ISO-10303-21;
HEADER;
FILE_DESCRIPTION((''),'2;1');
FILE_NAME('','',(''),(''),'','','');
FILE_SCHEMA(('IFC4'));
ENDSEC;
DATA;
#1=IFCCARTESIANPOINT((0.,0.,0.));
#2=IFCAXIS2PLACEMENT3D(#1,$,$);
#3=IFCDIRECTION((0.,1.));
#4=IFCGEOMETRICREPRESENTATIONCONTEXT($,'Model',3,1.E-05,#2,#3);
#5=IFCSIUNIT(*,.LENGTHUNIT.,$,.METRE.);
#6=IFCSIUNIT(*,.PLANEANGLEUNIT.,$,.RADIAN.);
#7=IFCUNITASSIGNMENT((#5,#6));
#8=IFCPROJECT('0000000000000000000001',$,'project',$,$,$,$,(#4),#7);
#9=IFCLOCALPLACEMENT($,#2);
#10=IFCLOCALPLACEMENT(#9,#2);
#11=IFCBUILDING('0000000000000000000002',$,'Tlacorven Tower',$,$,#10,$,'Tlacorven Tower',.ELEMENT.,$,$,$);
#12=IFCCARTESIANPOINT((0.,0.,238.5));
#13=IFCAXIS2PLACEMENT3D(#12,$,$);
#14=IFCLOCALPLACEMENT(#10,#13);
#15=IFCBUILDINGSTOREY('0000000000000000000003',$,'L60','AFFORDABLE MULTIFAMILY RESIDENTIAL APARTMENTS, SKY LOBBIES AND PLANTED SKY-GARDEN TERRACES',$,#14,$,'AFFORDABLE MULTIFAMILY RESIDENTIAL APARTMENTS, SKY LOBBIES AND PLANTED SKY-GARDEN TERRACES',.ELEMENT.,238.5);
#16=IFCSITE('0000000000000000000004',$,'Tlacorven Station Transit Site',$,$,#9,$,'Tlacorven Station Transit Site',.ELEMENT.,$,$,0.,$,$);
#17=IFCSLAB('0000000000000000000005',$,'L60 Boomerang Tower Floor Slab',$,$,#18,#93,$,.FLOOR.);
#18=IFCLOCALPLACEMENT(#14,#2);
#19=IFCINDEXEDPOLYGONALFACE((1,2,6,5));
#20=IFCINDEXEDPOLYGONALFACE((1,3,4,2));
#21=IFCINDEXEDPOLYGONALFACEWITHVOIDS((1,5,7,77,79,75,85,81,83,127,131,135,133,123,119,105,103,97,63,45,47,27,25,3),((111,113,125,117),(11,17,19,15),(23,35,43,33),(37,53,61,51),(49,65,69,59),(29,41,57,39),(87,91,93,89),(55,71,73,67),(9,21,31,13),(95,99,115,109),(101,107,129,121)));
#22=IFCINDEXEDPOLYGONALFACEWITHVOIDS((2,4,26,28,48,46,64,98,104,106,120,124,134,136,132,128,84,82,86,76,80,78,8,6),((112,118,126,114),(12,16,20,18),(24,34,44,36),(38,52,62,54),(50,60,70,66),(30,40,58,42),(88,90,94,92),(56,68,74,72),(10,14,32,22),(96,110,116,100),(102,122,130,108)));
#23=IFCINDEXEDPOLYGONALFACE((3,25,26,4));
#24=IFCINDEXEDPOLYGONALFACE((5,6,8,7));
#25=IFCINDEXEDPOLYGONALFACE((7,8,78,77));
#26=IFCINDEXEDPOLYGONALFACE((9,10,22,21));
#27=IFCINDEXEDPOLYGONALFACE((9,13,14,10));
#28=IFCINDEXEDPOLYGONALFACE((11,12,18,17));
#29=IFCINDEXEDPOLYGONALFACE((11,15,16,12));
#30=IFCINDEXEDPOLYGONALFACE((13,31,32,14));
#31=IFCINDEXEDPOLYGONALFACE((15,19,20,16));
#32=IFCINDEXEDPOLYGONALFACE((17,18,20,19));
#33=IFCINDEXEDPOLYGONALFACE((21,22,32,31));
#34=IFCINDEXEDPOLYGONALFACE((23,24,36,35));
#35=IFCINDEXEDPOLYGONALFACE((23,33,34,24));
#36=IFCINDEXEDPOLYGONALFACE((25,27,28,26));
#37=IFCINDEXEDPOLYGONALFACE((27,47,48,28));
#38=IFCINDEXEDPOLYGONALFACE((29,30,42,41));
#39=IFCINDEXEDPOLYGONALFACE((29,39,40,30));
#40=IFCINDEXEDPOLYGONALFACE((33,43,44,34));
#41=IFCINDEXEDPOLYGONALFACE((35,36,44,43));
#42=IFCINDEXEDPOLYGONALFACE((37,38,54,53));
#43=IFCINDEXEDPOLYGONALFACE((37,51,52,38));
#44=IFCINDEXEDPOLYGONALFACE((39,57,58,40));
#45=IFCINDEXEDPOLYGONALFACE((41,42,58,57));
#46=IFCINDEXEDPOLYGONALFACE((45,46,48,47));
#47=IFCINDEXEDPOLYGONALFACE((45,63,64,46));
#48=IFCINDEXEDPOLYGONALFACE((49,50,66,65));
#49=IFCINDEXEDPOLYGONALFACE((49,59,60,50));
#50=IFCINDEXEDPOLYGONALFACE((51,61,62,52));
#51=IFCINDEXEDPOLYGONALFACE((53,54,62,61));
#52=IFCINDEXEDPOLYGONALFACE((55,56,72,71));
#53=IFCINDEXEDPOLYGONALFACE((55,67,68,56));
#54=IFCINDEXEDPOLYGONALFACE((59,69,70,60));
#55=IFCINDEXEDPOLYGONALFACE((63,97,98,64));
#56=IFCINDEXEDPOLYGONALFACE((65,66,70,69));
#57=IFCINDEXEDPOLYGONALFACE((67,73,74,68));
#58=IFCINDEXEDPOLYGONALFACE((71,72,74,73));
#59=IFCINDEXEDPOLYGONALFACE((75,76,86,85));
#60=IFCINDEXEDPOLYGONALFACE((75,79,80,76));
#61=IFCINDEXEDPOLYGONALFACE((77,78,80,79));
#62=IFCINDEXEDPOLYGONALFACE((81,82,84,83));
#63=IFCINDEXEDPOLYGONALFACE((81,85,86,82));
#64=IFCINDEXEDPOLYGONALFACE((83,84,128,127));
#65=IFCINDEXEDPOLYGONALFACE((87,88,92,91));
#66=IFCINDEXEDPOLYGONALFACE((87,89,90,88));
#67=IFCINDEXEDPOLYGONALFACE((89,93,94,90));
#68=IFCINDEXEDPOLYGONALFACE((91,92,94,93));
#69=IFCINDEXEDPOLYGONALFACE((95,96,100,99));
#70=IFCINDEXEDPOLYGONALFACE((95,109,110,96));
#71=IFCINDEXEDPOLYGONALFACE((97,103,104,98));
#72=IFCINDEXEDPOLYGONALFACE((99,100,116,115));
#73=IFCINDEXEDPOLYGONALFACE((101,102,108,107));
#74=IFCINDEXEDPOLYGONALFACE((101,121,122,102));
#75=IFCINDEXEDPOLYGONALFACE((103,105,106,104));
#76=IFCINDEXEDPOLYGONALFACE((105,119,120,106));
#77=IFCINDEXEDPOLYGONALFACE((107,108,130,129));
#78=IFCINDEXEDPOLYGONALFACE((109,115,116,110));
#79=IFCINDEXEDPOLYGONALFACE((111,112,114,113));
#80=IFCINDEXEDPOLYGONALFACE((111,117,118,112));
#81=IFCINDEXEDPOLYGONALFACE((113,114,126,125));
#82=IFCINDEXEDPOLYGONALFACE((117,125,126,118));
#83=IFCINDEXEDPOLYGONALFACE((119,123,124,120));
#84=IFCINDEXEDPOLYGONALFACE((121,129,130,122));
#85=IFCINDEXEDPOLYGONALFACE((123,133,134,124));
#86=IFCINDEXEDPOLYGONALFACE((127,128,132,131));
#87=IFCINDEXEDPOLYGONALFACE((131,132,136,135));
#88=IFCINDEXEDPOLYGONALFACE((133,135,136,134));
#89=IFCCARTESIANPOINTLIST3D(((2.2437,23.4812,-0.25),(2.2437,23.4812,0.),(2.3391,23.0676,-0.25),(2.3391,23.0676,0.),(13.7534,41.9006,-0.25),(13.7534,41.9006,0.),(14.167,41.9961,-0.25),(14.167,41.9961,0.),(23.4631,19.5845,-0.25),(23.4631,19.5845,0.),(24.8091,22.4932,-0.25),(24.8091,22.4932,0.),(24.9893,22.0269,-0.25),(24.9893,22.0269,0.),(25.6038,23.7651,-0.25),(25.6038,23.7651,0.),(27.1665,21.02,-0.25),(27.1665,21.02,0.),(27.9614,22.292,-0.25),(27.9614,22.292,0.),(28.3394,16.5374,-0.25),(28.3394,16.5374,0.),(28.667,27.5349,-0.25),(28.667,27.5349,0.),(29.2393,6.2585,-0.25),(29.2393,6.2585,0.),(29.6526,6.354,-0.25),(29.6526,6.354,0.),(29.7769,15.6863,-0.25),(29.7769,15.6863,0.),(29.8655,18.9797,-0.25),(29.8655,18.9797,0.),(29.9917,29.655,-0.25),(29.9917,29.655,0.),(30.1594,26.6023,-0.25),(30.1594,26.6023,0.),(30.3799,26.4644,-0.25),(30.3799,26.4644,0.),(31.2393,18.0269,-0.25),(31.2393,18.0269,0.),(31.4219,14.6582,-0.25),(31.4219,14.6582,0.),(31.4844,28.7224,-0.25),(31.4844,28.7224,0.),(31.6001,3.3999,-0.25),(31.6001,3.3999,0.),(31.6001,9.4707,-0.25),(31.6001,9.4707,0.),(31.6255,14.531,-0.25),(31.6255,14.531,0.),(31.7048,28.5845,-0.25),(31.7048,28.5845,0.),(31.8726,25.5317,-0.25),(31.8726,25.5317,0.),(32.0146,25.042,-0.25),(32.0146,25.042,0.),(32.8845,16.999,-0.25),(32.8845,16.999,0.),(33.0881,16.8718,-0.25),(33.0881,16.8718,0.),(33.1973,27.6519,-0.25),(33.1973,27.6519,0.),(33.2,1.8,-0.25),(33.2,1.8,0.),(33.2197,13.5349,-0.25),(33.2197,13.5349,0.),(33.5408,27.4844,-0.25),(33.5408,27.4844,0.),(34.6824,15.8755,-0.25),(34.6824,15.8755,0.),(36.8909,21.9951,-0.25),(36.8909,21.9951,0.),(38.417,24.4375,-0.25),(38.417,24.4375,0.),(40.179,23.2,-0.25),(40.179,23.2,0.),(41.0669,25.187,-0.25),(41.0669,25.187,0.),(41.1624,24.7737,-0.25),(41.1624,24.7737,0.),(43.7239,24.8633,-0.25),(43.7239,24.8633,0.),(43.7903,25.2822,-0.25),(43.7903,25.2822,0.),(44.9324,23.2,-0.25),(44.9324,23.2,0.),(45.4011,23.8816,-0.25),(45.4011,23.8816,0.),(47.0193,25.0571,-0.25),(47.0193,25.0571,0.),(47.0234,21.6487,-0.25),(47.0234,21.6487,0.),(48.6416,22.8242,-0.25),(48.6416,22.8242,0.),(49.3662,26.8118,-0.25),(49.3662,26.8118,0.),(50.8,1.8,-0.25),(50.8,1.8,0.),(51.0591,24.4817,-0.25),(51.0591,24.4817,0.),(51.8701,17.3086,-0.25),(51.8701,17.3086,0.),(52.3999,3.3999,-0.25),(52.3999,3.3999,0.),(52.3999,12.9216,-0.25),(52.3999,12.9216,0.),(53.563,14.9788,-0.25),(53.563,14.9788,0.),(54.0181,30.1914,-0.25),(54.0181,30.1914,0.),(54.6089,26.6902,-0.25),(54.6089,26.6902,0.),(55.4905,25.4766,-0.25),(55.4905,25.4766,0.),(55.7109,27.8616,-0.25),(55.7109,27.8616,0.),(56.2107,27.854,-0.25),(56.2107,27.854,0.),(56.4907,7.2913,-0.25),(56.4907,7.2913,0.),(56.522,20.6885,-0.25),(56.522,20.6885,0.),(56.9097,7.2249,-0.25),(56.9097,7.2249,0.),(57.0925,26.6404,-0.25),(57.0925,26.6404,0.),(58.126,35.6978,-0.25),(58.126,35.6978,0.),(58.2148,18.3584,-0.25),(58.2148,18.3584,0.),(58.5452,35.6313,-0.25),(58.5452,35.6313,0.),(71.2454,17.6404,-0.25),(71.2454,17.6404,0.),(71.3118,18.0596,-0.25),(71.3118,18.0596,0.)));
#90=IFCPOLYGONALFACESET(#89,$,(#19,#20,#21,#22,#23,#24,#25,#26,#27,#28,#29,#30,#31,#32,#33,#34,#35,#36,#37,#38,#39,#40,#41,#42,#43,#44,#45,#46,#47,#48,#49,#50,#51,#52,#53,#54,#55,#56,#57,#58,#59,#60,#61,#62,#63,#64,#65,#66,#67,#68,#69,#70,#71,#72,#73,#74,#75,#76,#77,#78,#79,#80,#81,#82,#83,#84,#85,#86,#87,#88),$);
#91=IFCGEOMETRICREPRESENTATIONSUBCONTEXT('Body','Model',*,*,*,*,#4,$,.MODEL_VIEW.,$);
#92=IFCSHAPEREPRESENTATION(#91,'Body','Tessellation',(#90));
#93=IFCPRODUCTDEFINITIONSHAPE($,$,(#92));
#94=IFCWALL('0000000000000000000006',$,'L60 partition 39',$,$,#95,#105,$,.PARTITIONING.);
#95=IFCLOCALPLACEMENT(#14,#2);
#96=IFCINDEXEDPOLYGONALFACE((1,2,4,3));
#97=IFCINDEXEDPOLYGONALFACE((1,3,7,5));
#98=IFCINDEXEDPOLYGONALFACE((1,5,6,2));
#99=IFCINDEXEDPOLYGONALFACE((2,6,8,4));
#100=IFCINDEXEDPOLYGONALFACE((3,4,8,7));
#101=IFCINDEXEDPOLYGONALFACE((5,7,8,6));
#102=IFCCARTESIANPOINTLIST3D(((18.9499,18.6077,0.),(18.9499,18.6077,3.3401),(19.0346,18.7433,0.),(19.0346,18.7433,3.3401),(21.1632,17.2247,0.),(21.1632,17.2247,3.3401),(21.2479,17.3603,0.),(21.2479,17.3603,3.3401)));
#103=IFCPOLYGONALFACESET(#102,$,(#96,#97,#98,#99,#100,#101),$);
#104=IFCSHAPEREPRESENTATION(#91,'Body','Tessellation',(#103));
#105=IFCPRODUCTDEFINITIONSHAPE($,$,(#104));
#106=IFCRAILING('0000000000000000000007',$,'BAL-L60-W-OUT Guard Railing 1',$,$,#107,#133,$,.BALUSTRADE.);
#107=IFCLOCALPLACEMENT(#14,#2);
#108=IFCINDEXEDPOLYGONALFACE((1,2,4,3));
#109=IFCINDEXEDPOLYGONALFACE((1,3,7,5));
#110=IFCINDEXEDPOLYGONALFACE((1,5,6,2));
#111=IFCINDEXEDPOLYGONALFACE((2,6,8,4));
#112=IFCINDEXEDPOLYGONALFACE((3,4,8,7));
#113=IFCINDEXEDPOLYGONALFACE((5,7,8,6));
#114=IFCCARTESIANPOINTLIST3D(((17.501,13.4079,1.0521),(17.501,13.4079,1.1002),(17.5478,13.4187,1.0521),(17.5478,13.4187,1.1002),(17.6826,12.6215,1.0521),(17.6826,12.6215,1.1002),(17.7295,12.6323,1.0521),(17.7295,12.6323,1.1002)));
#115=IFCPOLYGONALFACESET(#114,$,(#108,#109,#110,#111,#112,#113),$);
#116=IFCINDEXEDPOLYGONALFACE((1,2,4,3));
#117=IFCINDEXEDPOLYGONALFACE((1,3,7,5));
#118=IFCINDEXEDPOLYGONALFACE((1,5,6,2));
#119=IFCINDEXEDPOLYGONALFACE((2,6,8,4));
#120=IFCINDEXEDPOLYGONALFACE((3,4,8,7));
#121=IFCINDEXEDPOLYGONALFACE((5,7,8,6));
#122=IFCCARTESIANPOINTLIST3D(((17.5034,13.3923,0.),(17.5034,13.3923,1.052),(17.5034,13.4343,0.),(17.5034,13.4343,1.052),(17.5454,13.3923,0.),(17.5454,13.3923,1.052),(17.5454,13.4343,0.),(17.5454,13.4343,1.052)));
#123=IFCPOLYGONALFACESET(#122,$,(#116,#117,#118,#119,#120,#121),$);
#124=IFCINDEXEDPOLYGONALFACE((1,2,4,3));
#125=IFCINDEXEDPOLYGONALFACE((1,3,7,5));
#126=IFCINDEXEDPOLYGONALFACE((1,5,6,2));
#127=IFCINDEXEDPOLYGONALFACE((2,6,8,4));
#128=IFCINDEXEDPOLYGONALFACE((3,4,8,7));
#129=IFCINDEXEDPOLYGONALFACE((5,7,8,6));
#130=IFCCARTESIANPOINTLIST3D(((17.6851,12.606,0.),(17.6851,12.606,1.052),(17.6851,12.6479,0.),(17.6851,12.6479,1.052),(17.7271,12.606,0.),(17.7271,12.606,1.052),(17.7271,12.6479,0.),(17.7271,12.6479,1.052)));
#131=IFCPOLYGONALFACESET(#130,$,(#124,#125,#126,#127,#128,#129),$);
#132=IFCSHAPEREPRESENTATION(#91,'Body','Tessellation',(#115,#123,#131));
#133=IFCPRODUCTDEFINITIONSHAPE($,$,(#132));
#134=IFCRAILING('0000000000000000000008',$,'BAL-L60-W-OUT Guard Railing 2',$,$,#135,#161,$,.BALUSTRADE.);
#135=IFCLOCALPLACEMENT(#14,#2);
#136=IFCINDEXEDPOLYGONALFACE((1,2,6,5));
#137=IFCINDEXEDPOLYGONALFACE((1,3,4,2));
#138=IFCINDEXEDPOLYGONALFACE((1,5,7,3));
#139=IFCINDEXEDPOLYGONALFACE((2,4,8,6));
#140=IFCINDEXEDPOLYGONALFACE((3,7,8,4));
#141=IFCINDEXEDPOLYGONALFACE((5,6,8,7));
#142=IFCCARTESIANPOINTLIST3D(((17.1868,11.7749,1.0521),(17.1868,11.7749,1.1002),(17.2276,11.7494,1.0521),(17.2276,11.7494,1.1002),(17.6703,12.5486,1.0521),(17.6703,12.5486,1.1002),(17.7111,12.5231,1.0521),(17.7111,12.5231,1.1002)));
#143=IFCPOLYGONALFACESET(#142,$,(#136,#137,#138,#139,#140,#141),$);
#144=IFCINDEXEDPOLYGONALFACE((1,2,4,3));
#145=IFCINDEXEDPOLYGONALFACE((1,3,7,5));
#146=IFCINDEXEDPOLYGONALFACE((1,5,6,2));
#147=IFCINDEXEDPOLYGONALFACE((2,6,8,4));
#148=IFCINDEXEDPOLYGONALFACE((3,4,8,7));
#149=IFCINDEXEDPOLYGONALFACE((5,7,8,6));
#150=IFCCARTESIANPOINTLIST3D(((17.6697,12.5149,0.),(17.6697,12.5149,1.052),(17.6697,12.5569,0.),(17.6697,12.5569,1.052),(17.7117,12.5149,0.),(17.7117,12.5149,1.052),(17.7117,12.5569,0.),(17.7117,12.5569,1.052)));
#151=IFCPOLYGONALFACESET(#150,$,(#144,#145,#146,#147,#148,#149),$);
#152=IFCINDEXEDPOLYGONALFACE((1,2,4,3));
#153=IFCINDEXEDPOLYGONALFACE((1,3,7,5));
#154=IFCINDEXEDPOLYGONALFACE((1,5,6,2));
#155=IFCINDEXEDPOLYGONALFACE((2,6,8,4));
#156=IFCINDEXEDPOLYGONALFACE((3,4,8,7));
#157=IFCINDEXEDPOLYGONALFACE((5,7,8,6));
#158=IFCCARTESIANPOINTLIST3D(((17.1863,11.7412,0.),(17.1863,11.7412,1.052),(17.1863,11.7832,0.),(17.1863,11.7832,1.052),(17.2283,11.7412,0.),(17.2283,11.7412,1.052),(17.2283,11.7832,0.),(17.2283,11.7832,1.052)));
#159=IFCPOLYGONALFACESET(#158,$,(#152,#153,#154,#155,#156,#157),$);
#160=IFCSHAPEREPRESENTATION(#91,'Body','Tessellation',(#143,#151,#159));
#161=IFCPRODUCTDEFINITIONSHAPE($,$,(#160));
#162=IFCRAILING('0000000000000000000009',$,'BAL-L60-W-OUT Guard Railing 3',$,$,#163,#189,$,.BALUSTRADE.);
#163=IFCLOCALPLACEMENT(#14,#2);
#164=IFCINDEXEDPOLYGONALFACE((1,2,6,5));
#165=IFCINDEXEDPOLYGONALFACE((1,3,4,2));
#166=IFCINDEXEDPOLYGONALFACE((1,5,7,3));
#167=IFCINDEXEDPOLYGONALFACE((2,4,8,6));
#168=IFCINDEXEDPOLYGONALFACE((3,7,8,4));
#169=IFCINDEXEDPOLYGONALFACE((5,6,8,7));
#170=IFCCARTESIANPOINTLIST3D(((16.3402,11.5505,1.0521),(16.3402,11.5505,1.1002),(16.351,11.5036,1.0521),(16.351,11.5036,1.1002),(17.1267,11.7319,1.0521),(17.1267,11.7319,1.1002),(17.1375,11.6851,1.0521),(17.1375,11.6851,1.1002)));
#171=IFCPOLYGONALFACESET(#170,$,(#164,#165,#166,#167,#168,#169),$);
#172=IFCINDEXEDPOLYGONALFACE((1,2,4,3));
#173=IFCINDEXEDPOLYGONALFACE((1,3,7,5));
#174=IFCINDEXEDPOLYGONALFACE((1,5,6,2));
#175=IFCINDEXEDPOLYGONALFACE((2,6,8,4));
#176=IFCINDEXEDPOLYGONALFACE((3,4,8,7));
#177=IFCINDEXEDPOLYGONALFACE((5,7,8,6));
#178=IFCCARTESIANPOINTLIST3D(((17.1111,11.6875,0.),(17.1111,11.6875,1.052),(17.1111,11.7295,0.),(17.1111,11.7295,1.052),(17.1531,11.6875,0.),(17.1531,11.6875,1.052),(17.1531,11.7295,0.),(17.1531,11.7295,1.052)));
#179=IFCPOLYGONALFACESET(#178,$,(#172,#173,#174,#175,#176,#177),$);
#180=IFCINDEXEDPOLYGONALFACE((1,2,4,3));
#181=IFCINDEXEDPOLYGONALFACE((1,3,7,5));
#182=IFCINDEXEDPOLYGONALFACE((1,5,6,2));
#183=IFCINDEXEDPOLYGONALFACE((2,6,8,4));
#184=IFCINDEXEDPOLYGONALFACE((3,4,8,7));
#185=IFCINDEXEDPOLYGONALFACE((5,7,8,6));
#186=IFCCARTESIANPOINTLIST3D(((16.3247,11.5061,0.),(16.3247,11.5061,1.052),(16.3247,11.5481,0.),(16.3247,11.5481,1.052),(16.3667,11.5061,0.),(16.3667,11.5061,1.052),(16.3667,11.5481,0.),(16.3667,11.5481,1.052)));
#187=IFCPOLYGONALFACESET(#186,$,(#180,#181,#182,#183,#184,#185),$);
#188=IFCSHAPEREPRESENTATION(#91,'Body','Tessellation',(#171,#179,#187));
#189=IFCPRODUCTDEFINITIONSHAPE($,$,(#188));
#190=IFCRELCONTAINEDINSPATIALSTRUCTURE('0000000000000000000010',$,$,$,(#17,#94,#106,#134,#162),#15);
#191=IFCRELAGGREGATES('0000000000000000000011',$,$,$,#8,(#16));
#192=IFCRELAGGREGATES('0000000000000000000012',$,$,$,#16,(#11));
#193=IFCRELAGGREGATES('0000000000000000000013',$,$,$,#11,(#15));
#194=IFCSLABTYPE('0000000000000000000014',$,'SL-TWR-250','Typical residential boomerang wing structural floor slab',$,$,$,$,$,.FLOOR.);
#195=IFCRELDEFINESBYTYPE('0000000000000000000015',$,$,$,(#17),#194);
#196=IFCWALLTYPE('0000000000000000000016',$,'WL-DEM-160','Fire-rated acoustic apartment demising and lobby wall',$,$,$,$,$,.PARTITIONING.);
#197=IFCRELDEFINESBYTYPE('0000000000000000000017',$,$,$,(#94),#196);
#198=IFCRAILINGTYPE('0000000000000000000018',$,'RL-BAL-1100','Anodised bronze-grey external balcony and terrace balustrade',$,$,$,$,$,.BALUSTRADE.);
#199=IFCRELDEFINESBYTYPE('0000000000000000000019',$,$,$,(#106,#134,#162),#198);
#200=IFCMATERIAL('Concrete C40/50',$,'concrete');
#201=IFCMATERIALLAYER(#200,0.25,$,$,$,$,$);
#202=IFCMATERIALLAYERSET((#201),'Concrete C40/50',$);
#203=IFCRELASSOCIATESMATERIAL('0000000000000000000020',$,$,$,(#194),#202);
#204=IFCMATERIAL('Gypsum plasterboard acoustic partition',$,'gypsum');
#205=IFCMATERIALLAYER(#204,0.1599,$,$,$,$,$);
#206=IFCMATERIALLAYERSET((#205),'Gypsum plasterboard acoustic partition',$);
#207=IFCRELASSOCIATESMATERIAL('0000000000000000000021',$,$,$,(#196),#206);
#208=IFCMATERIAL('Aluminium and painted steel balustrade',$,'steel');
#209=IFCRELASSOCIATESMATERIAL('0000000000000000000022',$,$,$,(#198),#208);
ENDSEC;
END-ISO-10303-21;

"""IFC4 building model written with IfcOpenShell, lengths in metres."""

from ifc_helpers import new_model, si_unit, direction, frame, frame_2d, origin, origin_2d, place, context, subcontext, project, spatial, polyline, rectangle, outline, extrude, source, transform, mapped, material, layer, layer_set, type_object, element, save


model = new_model("IFC4")

# Units and contexts
model_context = context("Model", 3, precision=1e-05, world=origin(), true_north=direction((0.0, 1.0)))
body_context = subcontext(model_context, "Body", "Model", "MODEL_VIEW")
ifc_project = project(units=[si_unit("LENGTHUNIT", "METRE"), si_unit("PLANEANGLEUNIT", "RADIAN")], contexts=[model_context])

# Site, building, storey
site_placement = place(None, origin())
site = spatial("IfcSite", under=ifc_project, at=site_placement, Name="Tlacorven Station Transit Site", LongName="Tlacorven Station Transit Site", CompositionType="ELEMENT", RefElevation=0.0)
building_placement = place(site_placement, origin())
building = spatial("IfcBuilding", under=site, at=building_placement, Name="Tlacorven Tower", LongName="Tlacorven Tower", CompositionType="ELEMENT")
storey_placement = place(building_placement, frame((0.0, 0.0, 238.5)))
storey = spatial("IfcBuildingStorey", under=building, at=storey_placement, Name="L60", Description="AFFORDABLE MULTIFAMILY RESIDENTIAL APARTMENTS, SKY LOBBIES AND PLANTED SKY-GARDEN TERRACES", LongName="AFFORDABLE MULTIFAMILY RESIDENTIAL APARTMENTS, SKY LOBBIES AND PLANTED SKY-GARDEN TERRACES", CompositionType="ELEMENT", Elevation=238.5)

# Shared definitions
ifc_material_1 = material(Name="Concrete C40/50", Category="concrete")

# Slab
ifc_layer_1 = layer(ifc_material_1, 0.25)
ifc_layer_set_1 = layer_set([ifc_layer_1], Name="Concrete C40/50")
slab_type_1 = type_object("IfcSlabType", Name="SL-TWR-250", Description="Typical residential boomerang wing structural floor slab", PredefinedType="FLOOR", material=ifc_layer_set_1)
slab_1_placement = place(storey_placement, frame((0.0, 0.0, -0.25)))
element("IfcSlab", 1, at=slab_1_placement, inside=storey, type_object=slab_type_1, Name="L60 Boomerang Tower Floor Slab", PredefinedType="FLOOR", context=body_context, shape_type="SweptSolid", body=[
    extrude(outline(polyline([(52.3999, 3.3999), (50.8, 1.8), (33.2, 1.8), (31.6001, 3.3999), (31.6001, 9.4707), (29.6526, 6.354), (29.2393, 6.2585), (2.3391, 23.0676), (2.2437, 23.4812), (13.7534, 41.9006), (14.167, 41.9961), (41.0669, 25.187), (41.1624, 24.7737), (40.179, 23.2), (44.9324, 23.2), (43.7239, 24.8633), (43.7903, 25.2822), (58.126, 35.6978), (58.5452, 35.6313), (71.3118, 18.0596), (71.2454, 17.6404), (56.9097, 7.2249), (56.4907, 7.2913), (52.3999, 12.9216), (52.3999, 3.3999)]), holes=[polyline([(29.8655, 18.9797), (24.9893, 22.0269), (23.4631, 19.5845), (28.3394, 16.5374), (29.8655, 18.9797)]), polyline([(38.417, 24.4375), (33.5408, 27.4844), (32.0146, 25.042), (36.8909, 21.9951), (38.417, 24.4375)]), polyline([(51.0591, 24.4817), (55.7109, 27.8616), (54.0181, 30.1914), (49.3662, 26.8118), (51.0591, 24.4817)]), polyline([(53.563, 14.9788), (58.2148, 18.3584), (56.522, 20.6885), (51.8701, 17.3086), (53.563, 14.9788)]), polyline([(34.6824, 15.8755), (33.0881, 16.8718), (31.6255, 14.531), (33.2197, 13.5349), (34.6824, 15.8755)]), polyline([(32.8845, 16.999), (31.2393, 18.0269), (29.7769, 15.6863), (31.4219, 14.6582), (32.8845, 16.999)]), polyline([(47.0234, 21.6487), (48.6416, 22.8242), (47.0193, 25.0571), (45.4011, 23.8816), (47.0234, 21.6487)]), polyline([(33.1973, 27.6519), (31.7048, 28.5845), (30.3799, 26.4644), (31.8726, 25.5317), (33.1973, 27.6519)]), polyline([(31.4844, 28.7224), (29.9917, 29.655), (28.667, 27.5349), (30.1594, 26.6023), (31.4844, 28.7224)]), polyline([(27.9614, 22.292), (25.6038, 23.7651), (24.8091, 22.4932), (27.1665, 21.02), (27.9614, 22.292)]), polyline([(55.4905, 25.4766), (57.0925, 26.6404), (56.2107, 27.854), (54.6089, 26.6902), (55.4905, 25.4766)])]), origin(), (0.0, 0.0, 1.0), 0.25),
])

# Wall
ifc_material_2 = material(Name="Gypsum plasterboard acoustic partition", Category="gypsum")
ifc_layer_2 = layer(ifc_material_2, 0.1599)
ifc_layer_set_2 = layer_set([ifc_layer_2], Name="Gypsum plasterboard acoustic partition")
wall_type = type_object("IfcWallType", Name="WL-DEM-160", Description="Fire-rated acoustic apartment demising and lobby wall", PredefinedType="PARTITIONING", material=ifc_layer_set_2)
wall_placement = place(storey_placement, frame((21.2056, 17.2925, 0.0), z_axis=(0.0, 0.0, 1.0), x_axis=(-0.848051, 0.529915, 0.0)))
element("IfcWall", 2, at=wall_placement, inside=storey, type_object=wall_type, Name="L60 partition 39", PredefinedType="PARTITIONING", context=body_context, shape_type="SweptSolid", body=[
    extrude(rectangle(XDim=2.6099, YDim=0.1599, at=frame_2d((1.3049, 0.0))), origin(), (0.0, 0.0, 1.0), 3.3401),
])

# Railings
ifc_material_3 = material(Name="Aluminium and painted steel balustrade", Category="steel")
railing_type = type_object("IfcRailingType", Name="RL-BAL-1100", Description="Anodised bronze-grey external balcony and terrace balustrade", PredefinedType="BALUSTRADE", material=ifc_material_3)
shared_shape_1 = source(origin(), body_context, "Body", "SweptSolid", [
    extrude(rectangle(XDim=0.0481, YDim=0.0481, at=origin_2d()), frame((0.0, 0.0, 1.0762), z_axis=(0.225058, -0.974345, 0.0), x_axis=(0.974345, 0.225058, 0.0)), (0.0, 0.0, 1.0), 0.8071),
    extrude(rectangle(XDim=0.042, YDim=0.042, at=origin_2d()), origin(), (0.0, 0.0, 1.0), 1.052),
    extrude(rectangle(XDim=0.042, YDim=0.042, at=origin_2d()), frame((0.1816, -0.7864, 0.0)), (0.0, 0.0, 1.0), 1.052),
])
railing_1_placement = place(storey_placement, frame((17.5244, 13.4133, 0.0)))
element("IfcRailing", 3, at=railing_1_placement, inside=storey, type_object=railing_type, Name="BAL-L60-W-OUT Guard Railing 1", PredefinedType="BALUSTRADE", context=body_context, shape_type="MappedRepresentation", body=[
    mapped(shared_shape_1, transform((0.0, 0.0, 0.0), scale=1.0)),
])
shared_shape_2 = source(origin(), body_context, "Body", "SweptSolid", [
    extrude(rectangle(XDim=0.0481, YDim=0.0481, at=origin_2d()), frame((0.0, 0.0, 1.0762), z_axis=(-0.529879, -0.848073, 0.0), x_axis=(0.848073, -0.529879, 0.0)), (0.0, 0.0, 1.0), 0.9124),
    extrude(rectangle(XDim=0.042, YDim=0.042, at=origin_2d()), origin(), (0.0, 0.0, 1.0), 1.052),
    extrude(rectangle(XDim=0.042, YDim=0.042, at=origin_2d()), frame((-0.4834, -0.7737, 0.0)), (0.0, 0.0, 1.0), 1.052),
])
railing_2_placement = place(storey_placement, frame((17.6907, 12.5359, 0.0)))
element("IfcRailing", 4, at=railing_2_placement, inside=storey, type_object=railing_type, Name="BAL-L60-W-OUT Guard Railing 2", PredefinedType="BALUSTRADE", context=body_context, shape_type="MappedRepresentation", body=[
    mapped(shared_shape_2, transform((0.0, 0.0, 0.0), scale=1.0)),
])
shared_shape_3 = source(origin(), body_context, "Body", "SweptSolid", [
    extrude(rectangle(XDim=0.0481, YDim=0.0481, at=origin_2d()), frame((0.0, 0.0, 1.0762), z_axis=(-0.974412, -0.224771, 0.0), x_axis=(0.224771, -0.974412, 0.0)), (0.0, 0.0, 1.0), 0.8071),
    extrude(rectangle(XDim=0.042, YDim=0.042, at=origin_2d()), origin(), (0.0, 0.0, 1.0), 1.052),
    extrude(rectangle(XDim=0.042, YDim=0.042, at=origin_2d()), frame((-0.7864, -0.1814, 0.0)), (0.0, 0.0, 1.0), 1.052),
])
railing_3_placement = place(storey_placement, frame((17.1321, 11.7085, 0.0)))
element("IfcRailing", 5, at=railing_3_placement, inside=storey, type_object=railing_type, Name="BAL-L60-W-OUT Guard Railing 3", PredefinedType="BALUSTRADE", context=body_context, shape_type="MappedRepresentation", body=[
    mapped(shared_shape_3, transform((0.0, 0.0, 0.0), scale=1.0)),
])

save(model, "model.ifc")
